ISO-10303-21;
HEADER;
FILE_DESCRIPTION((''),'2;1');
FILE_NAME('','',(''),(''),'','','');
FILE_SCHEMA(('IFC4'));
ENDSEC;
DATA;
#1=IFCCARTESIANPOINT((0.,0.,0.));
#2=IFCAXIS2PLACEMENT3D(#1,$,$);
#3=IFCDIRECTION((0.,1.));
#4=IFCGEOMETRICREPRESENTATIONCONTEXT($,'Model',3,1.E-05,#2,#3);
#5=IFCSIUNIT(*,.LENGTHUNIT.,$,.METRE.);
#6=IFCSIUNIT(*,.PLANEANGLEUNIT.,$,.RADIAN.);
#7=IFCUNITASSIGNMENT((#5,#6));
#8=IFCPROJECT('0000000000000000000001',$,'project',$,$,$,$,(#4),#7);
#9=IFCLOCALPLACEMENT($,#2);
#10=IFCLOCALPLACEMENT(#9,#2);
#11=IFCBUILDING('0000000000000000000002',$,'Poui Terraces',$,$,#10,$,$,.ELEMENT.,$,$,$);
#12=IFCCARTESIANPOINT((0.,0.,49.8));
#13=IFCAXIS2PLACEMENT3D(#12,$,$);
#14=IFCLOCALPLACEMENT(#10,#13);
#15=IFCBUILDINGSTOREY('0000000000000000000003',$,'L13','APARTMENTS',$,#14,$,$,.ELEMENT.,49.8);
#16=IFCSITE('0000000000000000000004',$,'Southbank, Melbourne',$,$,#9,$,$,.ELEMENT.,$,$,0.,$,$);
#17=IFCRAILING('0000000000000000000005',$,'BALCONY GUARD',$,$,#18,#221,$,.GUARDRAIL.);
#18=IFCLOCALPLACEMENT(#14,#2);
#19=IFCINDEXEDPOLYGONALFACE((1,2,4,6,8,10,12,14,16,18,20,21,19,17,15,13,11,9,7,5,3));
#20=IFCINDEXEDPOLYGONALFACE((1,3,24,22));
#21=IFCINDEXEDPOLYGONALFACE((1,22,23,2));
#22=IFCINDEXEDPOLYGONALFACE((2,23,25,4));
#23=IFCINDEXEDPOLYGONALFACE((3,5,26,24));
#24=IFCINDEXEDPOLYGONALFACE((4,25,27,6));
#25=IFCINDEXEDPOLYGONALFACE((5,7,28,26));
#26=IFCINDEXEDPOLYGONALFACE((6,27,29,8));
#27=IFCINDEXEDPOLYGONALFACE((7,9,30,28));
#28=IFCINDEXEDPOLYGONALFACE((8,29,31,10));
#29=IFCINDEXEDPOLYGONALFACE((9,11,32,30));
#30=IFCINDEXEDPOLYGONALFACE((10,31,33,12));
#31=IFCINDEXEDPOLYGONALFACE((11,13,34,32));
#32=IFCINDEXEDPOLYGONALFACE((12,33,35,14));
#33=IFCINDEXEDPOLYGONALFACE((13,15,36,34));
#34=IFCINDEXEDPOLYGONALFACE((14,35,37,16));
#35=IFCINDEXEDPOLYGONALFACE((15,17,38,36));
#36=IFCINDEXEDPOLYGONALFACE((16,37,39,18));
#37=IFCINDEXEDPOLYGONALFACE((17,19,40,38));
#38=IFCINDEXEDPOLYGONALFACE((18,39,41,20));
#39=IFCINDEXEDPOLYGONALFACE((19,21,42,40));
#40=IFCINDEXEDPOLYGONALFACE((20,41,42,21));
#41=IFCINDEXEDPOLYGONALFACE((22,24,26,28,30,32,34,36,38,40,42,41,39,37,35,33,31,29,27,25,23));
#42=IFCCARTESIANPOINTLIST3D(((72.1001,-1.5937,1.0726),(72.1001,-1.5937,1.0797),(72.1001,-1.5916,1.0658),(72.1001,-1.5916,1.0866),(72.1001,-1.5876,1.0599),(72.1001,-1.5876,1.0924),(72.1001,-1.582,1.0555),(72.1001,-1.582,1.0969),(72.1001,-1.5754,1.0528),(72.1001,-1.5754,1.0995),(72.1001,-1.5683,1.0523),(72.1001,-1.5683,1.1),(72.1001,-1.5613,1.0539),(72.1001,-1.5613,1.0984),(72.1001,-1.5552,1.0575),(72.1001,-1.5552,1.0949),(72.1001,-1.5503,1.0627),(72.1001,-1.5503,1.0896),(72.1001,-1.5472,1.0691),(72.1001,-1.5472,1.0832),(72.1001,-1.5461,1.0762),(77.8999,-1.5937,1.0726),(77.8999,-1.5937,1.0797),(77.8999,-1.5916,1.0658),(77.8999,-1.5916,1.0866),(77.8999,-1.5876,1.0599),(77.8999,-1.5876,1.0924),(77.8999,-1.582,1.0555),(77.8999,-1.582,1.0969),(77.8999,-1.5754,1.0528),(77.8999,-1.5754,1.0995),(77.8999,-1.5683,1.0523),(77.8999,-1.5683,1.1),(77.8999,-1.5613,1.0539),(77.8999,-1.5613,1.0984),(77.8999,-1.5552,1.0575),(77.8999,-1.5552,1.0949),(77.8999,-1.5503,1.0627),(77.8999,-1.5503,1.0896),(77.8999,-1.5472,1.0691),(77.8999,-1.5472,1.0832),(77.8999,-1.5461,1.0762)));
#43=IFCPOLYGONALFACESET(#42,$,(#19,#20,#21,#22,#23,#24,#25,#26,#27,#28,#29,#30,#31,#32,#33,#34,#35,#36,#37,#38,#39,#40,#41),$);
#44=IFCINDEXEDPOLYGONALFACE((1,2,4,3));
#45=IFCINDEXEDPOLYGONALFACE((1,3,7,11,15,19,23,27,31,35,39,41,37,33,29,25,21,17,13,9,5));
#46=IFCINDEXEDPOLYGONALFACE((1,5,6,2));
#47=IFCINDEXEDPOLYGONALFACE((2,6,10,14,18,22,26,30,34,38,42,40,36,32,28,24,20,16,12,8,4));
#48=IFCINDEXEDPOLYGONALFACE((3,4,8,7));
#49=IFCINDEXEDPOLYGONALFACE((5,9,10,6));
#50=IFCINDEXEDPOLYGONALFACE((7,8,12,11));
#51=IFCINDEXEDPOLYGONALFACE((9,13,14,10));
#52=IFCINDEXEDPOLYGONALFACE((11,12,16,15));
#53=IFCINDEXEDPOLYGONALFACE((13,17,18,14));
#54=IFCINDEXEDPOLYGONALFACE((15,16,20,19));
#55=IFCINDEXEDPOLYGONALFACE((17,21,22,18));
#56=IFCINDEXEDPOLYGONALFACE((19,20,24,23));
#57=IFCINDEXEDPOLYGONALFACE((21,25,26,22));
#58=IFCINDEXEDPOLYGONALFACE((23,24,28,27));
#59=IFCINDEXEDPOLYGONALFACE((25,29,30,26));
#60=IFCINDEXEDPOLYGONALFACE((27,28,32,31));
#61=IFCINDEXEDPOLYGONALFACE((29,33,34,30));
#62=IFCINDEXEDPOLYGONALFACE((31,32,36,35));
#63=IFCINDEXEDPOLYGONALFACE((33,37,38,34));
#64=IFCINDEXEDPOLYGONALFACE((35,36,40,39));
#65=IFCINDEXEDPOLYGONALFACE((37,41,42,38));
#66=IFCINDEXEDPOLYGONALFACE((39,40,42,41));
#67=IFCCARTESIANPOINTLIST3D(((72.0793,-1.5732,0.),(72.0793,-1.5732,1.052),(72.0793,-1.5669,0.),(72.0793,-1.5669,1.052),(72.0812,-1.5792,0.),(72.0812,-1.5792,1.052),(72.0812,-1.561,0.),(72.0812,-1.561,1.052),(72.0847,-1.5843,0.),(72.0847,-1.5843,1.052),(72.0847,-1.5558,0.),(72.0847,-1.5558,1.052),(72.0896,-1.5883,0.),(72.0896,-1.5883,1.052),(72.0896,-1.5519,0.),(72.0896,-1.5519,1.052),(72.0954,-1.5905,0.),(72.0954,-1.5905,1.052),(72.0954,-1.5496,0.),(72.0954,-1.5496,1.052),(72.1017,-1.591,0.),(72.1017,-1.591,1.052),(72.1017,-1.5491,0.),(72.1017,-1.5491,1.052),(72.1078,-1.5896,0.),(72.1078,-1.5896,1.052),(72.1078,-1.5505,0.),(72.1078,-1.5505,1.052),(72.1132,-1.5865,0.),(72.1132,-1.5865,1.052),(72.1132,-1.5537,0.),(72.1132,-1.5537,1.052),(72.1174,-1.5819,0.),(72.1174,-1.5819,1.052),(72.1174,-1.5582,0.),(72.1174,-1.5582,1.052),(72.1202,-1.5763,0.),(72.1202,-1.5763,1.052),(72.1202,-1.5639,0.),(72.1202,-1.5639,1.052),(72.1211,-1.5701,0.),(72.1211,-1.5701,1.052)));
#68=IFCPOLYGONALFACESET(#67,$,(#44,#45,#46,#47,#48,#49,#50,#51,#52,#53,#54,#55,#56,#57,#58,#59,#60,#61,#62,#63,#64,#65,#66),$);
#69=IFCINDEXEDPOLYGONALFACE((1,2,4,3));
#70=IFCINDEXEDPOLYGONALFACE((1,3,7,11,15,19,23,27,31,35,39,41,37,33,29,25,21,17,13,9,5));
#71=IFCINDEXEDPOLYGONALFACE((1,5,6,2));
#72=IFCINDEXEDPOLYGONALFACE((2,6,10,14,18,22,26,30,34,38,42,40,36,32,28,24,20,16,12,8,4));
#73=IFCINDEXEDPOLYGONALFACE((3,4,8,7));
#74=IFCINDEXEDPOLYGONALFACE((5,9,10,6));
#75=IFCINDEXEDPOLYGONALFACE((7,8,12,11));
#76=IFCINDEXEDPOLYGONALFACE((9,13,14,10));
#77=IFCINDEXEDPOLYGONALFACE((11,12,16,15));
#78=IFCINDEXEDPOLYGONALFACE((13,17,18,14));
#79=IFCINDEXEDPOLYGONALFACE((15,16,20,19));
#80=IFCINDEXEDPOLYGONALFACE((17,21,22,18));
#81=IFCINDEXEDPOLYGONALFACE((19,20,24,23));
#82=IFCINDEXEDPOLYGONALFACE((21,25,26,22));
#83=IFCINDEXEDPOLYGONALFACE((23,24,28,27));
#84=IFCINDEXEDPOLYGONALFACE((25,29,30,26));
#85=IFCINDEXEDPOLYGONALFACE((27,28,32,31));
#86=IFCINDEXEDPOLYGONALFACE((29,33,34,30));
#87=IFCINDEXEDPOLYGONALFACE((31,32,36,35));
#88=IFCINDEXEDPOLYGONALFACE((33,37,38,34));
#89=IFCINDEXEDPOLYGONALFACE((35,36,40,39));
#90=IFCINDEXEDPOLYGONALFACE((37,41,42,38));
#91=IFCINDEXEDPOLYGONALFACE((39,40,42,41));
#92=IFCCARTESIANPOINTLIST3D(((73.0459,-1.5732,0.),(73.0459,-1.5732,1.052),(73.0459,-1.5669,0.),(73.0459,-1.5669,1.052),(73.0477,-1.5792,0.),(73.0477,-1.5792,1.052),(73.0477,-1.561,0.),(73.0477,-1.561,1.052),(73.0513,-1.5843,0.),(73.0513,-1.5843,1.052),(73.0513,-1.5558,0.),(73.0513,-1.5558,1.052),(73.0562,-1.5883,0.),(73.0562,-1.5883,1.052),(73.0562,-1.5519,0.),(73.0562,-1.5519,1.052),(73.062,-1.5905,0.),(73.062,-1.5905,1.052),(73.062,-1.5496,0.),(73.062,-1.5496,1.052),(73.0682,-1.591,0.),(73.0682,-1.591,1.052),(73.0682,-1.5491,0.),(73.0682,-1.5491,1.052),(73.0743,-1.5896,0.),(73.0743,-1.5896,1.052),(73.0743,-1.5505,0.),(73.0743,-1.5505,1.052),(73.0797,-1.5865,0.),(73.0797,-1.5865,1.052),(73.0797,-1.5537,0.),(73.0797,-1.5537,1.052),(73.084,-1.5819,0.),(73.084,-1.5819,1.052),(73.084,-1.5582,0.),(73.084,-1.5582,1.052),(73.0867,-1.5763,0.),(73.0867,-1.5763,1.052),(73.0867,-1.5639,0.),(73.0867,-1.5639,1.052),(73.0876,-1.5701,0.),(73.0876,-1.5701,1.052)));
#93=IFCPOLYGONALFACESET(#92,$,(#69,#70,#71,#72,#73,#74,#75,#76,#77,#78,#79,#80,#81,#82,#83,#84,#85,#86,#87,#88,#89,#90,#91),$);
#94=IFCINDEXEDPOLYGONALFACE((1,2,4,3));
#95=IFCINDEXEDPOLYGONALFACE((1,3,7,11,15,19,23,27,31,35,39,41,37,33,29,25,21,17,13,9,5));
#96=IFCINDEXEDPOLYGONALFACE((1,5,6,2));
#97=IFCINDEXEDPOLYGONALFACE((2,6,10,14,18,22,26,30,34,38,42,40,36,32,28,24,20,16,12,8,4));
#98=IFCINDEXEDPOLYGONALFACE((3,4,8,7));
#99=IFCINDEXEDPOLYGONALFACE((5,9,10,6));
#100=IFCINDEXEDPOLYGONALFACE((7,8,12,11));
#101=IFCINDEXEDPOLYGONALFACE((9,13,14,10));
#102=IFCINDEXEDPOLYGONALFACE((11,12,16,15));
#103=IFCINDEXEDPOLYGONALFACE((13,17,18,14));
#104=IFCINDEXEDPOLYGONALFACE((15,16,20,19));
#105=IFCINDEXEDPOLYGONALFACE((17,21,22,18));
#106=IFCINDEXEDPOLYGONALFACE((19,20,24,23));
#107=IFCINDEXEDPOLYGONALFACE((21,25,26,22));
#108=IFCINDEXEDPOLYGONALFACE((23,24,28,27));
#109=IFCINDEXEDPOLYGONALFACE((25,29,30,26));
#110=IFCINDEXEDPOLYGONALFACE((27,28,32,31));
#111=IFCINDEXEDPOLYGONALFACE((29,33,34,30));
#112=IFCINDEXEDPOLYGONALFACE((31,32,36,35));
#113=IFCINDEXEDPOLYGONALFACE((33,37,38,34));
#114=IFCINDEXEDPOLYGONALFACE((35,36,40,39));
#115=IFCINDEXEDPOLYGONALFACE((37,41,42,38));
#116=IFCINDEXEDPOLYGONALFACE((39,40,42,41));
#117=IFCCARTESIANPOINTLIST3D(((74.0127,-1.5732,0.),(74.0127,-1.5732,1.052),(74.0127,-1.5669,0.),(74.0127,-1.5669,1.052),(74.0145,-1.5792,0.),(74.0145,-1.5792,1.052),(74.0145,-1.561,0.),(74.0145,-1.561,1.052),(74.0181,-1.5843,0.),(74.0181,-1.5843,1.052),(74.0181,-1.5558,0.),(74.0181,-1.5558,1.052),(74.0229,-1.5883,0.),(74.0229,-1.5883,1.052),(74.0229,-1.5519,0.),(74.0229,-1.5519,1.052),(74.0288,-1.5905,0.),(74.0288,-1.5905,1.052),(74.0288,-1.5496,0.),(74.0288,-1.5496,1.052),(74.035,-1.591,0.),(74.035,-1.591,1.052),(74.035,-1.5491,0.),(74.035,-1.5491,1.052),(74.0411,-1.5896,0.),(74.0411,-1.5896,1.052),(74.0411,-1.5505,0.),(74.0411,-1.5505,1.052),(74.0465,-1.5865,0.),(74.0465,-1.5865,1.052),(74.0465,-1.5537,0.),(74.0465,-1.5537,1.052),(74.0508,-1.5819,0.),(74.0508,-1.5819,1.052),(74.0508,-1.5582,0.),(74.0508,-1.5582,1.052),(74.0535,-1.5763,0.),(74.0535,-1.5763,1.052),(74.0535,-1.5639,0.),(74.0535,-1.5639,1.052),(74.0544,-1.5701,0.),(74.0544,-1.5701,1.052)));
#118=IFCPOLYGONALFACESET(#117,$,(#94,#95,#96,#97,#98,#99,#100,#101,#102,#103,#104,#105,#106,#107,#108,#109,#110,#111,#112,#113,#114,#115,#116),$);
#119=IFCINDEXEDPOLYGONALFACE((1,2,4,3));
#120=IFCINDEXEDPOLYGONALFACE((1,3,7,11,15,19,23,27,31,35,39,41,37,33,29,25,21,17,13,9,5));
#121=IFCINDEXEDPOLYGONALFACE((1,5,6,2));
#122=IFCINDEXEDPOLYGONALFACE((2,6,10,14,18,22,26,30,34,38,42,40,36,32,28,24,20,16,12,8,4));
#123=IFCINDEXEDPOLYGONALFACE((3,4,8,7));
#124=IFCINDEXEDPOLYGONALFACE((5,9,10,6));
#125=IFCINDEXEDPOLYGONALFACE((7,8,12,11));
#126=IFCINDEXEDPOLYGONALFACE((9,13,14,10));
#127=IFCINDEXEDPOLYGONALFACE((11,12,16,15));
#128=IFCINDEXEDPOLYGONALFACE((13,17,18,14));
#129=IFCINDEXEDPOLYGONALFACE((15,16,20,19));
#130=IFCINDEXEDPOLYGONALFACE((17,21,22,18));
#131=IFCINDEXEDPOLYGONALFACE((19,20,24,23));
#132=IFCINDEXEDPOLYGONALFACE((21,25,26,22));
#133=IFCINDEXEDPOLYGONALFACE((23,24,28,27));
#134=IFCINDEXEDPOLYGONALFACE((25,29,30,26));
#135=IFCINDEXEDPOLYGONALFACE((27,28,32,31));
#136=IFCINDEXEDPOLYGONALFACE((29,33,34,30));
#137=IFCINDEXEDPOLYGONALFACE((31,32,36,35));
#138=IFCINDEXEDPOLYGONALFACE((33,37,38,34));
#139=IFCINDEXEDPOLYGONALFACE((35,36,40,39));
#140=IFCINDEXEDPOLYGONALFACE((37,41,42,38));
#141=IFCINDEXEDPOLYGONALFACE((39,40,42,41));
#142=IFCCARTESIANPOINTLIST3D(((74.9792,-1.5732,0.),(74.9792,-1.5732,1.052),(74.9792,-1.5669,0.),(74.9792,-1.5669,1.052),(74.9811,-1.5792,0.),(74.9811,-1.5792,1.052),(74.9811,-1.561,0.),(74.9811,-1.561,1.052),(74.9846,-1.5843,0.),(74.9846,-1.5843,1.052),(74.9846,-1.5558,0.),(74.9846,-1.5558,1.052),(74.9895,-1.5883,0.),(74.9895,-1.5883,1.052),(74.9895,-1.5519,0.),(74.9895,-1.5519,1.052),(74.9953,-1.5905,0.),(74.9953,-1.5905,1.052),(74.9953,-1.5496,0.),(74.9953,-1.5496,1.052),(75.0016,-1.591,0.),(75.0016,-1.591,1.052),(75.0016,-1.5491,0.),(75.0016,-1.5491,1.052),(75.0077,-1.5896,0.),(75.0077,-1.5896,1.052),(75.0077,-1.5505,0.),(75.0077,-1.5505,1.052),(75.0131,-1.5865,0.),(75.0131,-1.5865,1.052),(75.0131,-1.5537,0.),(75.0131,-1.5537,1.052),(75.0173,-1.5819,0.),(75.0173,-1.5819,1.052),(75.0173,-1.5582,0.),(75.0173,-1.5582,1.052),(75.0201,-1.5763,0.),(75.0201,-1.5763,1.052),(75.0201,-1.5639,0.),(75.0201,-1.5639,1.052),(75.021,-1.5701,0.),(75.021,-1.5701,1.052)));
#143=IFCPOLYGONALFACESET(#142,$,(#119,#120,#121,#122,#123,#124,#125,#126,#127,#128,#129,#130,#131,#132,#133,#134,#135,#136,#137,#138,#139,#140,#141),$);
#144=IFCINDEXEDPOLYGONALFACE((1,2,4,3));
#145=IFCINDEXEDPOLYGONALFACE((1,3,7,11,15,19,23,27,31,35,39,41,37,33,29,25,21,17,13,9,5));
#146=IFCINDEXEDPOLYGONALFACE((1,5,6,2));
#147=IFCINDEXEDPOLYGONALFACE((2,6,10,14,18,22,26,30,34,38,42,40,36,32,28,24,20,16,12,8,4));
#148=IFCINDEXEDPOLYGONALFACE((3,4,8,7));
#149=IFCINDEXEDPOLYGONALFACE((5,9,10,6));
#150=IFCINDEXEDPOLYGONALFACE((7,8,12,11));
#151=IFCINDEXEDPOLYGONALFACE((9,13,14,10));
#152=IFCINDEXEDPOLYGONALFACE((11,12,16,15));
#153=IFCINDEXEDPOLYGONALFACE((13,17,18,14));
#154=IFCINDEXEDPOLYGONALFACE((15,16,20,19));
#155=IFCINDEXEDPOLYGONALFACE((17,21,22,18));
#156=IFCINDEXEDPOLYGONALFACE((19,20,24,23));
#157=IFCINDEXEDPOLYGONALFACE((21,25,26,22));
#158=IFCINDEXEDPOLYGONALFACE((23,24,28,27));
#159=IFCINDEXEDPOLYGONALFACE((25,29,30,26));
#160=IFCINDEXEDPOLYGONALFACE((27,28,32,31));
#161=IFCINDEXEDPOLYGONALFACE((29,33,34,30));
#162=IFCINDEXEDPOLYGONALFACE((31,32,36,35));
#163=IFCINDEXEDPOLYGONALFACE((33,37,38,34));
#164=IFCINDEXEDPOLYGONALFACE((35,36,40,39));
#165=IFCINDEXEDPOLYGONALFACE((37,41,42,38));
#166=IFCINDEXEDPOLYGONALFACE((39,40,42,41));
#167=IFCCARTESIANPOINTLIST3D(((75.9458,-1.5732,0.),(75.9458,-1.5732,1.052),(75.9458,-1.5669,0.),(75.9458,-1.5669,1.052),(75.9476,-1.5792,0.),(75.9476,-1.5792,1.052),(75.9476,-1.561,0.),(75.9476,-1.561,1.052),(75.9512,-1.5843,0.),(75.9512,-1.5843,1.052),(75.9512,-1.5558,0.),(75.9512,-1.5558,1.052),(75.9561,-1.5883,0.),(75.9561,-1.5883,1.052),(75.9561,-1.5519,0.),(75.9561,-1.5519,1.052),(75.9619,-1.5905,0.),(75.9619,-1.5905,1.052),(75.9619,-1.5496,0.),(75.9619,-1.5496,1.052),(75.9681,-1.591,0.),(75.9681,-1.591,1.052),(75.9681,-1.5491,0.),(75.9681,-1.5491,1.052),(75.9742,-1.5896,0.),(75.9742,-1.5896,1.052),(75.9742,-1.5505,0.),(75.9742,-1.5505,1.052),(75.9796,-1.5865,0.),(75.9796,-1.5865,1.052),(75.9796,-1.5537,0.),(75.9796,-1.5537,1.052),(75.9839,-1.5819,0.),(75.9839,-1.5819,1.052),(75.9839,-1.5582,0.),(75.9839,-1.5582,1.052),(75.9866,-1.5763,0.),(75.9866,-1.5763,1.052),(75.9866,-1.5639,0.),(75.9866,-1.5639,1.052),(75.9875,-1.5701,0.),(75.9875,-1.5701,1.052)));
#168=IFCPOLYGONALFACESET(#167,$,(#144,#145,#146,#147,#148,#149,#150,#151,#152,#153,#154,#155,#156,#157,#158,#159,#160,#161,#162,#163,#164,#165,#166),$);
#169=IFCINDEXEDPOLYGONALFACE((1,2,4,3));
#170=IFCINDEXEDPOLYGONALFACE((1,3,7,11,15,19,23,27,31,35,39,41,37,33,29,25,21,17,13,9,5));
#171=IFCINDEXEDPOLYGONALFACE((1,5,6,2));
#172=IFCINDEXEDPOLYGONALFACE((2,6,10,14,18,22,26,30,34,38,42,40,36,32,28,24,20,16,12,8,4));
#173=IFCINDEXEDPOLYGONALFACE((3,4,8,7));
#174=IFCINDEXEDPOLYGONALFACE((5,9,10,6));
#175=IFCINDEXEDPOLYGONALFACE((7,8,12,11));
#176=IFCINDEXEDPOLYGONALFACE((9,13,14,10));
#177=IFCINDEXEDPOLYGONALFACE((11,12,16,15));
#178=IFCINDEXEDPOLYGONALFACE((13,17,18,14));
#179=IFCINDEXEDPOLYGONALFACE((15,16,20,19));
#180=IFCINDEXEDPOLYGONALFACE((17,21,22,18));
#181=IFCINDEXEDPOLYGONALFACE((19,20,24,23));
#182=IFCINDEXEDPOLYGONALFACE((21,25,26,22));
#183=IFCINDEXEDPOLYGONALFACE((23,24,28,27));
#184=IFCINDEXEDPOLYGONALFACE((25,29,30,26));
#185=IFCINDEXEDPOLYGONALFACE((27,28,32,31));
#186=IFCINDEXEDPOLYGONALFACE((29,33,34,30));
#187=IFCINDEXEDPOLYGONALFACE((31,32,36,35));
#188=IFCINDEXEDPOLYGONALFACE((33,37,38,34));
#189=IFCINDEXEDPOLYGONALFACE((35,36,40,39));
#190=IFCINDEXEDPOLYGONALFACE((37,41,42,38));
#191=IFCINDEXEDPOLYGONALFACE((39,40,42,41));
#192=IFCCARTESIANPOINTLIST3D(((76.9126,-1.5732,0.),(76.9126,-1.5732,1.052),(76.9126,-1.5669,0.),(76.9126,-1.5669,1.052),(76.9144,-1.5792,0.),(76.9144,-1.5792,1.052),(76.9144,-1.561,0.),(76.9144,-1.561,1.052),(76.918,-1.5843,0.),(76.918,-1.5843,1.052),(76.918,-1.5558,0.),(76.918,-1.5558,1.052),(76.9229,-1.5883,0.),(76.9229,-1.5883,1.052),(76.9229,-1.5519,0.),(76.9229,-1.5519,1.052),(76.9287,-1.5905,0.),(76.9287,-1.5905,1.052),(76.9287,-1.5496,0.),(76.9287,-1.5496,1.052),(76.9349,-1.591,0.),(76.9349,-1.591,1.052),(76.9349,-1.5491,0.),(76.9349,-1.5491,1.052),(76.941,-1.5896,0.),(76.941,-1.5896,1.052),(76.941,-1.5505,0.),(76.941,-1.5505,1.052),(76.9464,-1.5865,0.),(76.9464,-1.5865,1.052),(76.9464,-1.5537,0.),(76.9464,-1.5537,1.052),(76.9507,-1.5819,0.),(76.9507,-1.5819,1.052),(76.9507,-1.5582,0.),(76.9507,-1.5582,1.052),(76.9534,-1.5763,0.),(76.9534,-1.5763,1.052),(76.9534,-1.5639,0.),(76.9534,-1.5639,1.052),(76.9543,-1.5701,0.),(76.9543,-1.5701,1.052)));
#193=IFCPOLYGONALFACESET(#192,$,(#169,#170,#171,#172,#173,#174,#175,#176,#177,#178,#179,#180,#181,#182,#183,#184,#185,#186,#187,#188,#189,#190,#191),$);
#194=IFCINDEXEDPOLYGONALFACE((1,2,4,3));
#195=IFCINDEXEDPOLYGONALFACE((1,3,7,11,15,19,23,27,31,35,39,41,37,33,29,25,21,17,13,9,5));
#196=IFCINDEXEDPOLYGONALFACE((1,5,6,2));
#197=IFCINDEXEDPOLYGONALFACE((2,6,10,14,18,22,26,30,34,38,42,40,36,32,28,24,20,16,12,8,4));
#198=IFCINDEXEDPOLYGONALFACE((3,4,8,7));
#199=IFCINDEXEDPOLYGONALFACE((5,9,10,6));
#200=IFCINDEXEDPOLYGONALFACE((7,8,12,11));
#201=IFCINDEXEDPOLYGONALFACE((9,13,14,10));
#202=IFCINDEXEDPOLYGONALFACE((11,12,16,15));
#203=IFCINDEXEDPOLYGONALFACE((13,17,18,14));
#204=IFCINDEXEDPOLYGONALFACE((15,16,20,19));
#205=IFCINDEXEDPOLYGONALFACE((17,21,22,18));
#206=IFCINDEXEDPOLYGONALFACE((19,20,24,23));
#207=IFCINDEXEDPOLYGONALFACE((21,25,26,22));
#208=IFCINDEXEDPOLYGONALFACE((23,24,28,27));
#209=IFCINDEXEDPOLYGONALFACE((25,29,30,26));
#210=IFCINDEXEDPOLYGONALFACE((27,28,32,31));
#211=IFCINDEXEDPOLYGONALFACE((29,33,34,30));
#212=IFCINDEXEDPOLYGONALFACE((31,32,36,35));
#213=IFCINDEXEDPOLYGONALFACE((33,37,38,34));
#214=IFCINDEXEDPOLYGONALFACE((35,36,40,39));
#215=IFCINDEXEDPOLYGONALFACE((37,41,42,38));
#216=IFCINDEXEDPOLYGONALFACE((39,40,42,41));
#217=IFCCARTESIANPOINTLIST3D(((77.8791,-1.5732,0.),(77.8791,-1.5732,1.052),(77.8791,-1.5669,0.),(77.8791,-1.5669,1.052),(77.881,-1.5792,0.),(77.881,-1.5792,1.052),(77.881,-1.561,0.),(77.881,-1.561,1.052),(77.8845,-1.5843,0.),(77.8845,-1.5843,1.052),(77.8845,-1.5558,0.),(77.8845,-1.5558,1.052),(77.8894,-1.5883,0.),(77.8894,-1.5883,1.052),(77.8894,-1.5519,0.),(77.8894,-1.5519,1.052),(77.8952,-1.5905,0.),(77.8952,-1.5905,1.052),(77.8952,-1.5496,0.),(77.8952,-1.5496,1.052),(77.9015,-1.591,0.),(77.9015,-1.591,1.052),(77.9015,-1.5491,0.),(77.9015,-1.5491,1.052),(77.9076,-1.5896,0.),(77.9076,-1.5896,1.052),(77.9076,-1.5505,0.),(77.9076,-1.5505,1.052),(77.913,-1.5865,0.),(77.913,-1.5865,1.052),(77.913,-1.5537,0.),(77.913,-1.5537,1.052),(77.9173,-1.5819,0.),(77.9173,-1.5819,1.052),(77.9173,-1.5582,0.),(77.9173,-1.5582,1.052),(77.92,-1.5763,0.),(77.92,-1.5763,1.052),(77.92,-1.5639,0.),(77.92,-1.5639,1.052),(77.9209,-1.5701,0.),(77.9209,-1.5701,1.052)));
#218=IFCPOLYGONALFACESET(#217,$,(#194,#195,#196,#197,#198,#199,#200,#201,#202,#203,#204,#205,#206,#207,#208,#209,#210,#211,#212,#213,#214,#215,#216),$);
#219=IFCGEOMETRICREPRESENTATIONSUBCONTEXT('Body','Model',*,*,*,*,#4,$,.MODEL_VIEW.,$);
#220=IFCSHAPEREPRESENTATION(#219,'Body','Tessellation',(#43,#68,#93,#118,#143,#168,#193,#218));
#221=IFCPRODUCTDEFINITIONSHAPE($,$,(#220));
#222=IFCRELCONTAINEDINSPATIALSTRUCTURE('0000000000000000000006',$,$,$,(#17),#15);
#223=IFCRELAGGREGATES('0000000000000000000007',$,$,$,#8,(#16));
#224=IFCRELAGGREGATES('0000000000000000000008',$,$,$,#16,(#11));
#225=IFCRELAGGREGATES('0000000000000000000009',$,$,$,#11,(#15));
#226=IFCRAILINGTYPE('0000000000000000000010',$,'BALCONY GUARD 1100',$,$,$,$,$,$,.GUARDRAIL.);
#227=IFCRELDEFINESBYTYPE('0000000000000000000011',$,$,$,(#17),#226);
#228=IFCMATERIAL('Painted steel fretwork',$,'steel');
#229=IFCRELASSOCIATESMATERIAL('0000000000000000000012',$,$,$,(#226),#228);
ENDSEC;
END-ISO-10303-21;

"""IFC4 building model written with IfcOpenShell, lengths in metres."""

from ifc_helpers import new_model, si_unit, direction, frame, origin, origin_2d, place, context, subcontext, project, spatial, circle, extrude, material, type_object, element, save


model = new_model("IFC4")

# Units and contexts
model_context = context("Model", 3, precision=1e-05, world=origin(), true_north=direction((0.0, 1.0)))
body_context = subcontext(model_context, "Body", "Model", "MODEL_VIEW")
ifc_project = project(units=[si_unit("LENGTHUNIT", "METRE"), si_unit("PLANEANGLEUNIT", "RADIAN")], contexts=[model_context])

# Site, building, storey
site_placement = place(None, origin())
site = spatial("IfcSite", under=ifc_project, at=site_placement, Name="Southbank, Melbourne", CompositionType="ELEMENT", RefElevation=0.0)
building_placement = place(site_placement, origin())
building = spatial("IfcBuilding", under=site, at=building_placement, Name="Poui Terraces", CompositionType="ELEMENT")
storey_placement = place(building_placement, frame((0.0, 0.0, 49.8)))
storey = spatial("IfcBuildingStorey", under=building, at=storey_placement, Name="L13", Description="APARTMENTS", CompositionType="ELEMENT", Elevation=49.8)

# Railing
ifc_material_1 = material(Name="Painted steel fretwork", Category="steel")
railing_type = type_object("IfcRailingType", Name="BALCONY GUARD 1100", PredefinedType="GUARDRAIL", material=ifc_material_1)
railing_placement = place(storey_placement, frame((72.1001, -1.5701, 0.0)))
element("IfcRailing", 1, at=railing_placement, inside=storey, type_object=railing_type, Name="BALCONY GUARD", PredefinedType="GUARDRAIL", context=body_context, shape_type="SweptSolid", body=[
    extrude(circle(Radius=0.0239, at=origin_2d()), frame((0.0, 0.0, 1.0762), z_axis=(1.0, 0.0, 0.0), x_axis=(0.0, 1.0, 0.0)), (0.0, 0.0, 1.0), 5.7998),
    extrude(circle(Radius=0.021, at=origin_2d()), origin(), (0.0, 0.0, 1.0), 1.052),
    extrude(circle(Radius=0.021, at=origin_2d()), frame((0.9666, 0.0, 0.0)), (0.0, 0.0, 1.0), 1.052),
    extrude(circle(Radius=0.021, at=origin_2d()), frame((1.9333, 0.0, 0.0)), (0.0, 0.0, 1.0), 1.052),
    extrude(circle(Radius=0.021, at=origin_2d()), frame((2.8999, 0.0, 0.0)), (0.0, 0.0, 1.0), 1.052),
    extrude(circle(Radius=0.021, at=origin_2d()), frame((3.8665, 0.0, 0.0)), (0.0, 0.0, 1.0), 1.052),
    extrude(circle(Radius=0.021, at=origin_2d()), frame((4.8333, 0.0, 0.0)), (0.0, 0.0, 1.0), 1.052),
    extrude(circle(Radius=0.021, at=origin_2d()), frame((5.7998, 0.0, 0.0)), (0.0, 0.0, 1.0), 1.052),
])

save(model, "model.ifc")
